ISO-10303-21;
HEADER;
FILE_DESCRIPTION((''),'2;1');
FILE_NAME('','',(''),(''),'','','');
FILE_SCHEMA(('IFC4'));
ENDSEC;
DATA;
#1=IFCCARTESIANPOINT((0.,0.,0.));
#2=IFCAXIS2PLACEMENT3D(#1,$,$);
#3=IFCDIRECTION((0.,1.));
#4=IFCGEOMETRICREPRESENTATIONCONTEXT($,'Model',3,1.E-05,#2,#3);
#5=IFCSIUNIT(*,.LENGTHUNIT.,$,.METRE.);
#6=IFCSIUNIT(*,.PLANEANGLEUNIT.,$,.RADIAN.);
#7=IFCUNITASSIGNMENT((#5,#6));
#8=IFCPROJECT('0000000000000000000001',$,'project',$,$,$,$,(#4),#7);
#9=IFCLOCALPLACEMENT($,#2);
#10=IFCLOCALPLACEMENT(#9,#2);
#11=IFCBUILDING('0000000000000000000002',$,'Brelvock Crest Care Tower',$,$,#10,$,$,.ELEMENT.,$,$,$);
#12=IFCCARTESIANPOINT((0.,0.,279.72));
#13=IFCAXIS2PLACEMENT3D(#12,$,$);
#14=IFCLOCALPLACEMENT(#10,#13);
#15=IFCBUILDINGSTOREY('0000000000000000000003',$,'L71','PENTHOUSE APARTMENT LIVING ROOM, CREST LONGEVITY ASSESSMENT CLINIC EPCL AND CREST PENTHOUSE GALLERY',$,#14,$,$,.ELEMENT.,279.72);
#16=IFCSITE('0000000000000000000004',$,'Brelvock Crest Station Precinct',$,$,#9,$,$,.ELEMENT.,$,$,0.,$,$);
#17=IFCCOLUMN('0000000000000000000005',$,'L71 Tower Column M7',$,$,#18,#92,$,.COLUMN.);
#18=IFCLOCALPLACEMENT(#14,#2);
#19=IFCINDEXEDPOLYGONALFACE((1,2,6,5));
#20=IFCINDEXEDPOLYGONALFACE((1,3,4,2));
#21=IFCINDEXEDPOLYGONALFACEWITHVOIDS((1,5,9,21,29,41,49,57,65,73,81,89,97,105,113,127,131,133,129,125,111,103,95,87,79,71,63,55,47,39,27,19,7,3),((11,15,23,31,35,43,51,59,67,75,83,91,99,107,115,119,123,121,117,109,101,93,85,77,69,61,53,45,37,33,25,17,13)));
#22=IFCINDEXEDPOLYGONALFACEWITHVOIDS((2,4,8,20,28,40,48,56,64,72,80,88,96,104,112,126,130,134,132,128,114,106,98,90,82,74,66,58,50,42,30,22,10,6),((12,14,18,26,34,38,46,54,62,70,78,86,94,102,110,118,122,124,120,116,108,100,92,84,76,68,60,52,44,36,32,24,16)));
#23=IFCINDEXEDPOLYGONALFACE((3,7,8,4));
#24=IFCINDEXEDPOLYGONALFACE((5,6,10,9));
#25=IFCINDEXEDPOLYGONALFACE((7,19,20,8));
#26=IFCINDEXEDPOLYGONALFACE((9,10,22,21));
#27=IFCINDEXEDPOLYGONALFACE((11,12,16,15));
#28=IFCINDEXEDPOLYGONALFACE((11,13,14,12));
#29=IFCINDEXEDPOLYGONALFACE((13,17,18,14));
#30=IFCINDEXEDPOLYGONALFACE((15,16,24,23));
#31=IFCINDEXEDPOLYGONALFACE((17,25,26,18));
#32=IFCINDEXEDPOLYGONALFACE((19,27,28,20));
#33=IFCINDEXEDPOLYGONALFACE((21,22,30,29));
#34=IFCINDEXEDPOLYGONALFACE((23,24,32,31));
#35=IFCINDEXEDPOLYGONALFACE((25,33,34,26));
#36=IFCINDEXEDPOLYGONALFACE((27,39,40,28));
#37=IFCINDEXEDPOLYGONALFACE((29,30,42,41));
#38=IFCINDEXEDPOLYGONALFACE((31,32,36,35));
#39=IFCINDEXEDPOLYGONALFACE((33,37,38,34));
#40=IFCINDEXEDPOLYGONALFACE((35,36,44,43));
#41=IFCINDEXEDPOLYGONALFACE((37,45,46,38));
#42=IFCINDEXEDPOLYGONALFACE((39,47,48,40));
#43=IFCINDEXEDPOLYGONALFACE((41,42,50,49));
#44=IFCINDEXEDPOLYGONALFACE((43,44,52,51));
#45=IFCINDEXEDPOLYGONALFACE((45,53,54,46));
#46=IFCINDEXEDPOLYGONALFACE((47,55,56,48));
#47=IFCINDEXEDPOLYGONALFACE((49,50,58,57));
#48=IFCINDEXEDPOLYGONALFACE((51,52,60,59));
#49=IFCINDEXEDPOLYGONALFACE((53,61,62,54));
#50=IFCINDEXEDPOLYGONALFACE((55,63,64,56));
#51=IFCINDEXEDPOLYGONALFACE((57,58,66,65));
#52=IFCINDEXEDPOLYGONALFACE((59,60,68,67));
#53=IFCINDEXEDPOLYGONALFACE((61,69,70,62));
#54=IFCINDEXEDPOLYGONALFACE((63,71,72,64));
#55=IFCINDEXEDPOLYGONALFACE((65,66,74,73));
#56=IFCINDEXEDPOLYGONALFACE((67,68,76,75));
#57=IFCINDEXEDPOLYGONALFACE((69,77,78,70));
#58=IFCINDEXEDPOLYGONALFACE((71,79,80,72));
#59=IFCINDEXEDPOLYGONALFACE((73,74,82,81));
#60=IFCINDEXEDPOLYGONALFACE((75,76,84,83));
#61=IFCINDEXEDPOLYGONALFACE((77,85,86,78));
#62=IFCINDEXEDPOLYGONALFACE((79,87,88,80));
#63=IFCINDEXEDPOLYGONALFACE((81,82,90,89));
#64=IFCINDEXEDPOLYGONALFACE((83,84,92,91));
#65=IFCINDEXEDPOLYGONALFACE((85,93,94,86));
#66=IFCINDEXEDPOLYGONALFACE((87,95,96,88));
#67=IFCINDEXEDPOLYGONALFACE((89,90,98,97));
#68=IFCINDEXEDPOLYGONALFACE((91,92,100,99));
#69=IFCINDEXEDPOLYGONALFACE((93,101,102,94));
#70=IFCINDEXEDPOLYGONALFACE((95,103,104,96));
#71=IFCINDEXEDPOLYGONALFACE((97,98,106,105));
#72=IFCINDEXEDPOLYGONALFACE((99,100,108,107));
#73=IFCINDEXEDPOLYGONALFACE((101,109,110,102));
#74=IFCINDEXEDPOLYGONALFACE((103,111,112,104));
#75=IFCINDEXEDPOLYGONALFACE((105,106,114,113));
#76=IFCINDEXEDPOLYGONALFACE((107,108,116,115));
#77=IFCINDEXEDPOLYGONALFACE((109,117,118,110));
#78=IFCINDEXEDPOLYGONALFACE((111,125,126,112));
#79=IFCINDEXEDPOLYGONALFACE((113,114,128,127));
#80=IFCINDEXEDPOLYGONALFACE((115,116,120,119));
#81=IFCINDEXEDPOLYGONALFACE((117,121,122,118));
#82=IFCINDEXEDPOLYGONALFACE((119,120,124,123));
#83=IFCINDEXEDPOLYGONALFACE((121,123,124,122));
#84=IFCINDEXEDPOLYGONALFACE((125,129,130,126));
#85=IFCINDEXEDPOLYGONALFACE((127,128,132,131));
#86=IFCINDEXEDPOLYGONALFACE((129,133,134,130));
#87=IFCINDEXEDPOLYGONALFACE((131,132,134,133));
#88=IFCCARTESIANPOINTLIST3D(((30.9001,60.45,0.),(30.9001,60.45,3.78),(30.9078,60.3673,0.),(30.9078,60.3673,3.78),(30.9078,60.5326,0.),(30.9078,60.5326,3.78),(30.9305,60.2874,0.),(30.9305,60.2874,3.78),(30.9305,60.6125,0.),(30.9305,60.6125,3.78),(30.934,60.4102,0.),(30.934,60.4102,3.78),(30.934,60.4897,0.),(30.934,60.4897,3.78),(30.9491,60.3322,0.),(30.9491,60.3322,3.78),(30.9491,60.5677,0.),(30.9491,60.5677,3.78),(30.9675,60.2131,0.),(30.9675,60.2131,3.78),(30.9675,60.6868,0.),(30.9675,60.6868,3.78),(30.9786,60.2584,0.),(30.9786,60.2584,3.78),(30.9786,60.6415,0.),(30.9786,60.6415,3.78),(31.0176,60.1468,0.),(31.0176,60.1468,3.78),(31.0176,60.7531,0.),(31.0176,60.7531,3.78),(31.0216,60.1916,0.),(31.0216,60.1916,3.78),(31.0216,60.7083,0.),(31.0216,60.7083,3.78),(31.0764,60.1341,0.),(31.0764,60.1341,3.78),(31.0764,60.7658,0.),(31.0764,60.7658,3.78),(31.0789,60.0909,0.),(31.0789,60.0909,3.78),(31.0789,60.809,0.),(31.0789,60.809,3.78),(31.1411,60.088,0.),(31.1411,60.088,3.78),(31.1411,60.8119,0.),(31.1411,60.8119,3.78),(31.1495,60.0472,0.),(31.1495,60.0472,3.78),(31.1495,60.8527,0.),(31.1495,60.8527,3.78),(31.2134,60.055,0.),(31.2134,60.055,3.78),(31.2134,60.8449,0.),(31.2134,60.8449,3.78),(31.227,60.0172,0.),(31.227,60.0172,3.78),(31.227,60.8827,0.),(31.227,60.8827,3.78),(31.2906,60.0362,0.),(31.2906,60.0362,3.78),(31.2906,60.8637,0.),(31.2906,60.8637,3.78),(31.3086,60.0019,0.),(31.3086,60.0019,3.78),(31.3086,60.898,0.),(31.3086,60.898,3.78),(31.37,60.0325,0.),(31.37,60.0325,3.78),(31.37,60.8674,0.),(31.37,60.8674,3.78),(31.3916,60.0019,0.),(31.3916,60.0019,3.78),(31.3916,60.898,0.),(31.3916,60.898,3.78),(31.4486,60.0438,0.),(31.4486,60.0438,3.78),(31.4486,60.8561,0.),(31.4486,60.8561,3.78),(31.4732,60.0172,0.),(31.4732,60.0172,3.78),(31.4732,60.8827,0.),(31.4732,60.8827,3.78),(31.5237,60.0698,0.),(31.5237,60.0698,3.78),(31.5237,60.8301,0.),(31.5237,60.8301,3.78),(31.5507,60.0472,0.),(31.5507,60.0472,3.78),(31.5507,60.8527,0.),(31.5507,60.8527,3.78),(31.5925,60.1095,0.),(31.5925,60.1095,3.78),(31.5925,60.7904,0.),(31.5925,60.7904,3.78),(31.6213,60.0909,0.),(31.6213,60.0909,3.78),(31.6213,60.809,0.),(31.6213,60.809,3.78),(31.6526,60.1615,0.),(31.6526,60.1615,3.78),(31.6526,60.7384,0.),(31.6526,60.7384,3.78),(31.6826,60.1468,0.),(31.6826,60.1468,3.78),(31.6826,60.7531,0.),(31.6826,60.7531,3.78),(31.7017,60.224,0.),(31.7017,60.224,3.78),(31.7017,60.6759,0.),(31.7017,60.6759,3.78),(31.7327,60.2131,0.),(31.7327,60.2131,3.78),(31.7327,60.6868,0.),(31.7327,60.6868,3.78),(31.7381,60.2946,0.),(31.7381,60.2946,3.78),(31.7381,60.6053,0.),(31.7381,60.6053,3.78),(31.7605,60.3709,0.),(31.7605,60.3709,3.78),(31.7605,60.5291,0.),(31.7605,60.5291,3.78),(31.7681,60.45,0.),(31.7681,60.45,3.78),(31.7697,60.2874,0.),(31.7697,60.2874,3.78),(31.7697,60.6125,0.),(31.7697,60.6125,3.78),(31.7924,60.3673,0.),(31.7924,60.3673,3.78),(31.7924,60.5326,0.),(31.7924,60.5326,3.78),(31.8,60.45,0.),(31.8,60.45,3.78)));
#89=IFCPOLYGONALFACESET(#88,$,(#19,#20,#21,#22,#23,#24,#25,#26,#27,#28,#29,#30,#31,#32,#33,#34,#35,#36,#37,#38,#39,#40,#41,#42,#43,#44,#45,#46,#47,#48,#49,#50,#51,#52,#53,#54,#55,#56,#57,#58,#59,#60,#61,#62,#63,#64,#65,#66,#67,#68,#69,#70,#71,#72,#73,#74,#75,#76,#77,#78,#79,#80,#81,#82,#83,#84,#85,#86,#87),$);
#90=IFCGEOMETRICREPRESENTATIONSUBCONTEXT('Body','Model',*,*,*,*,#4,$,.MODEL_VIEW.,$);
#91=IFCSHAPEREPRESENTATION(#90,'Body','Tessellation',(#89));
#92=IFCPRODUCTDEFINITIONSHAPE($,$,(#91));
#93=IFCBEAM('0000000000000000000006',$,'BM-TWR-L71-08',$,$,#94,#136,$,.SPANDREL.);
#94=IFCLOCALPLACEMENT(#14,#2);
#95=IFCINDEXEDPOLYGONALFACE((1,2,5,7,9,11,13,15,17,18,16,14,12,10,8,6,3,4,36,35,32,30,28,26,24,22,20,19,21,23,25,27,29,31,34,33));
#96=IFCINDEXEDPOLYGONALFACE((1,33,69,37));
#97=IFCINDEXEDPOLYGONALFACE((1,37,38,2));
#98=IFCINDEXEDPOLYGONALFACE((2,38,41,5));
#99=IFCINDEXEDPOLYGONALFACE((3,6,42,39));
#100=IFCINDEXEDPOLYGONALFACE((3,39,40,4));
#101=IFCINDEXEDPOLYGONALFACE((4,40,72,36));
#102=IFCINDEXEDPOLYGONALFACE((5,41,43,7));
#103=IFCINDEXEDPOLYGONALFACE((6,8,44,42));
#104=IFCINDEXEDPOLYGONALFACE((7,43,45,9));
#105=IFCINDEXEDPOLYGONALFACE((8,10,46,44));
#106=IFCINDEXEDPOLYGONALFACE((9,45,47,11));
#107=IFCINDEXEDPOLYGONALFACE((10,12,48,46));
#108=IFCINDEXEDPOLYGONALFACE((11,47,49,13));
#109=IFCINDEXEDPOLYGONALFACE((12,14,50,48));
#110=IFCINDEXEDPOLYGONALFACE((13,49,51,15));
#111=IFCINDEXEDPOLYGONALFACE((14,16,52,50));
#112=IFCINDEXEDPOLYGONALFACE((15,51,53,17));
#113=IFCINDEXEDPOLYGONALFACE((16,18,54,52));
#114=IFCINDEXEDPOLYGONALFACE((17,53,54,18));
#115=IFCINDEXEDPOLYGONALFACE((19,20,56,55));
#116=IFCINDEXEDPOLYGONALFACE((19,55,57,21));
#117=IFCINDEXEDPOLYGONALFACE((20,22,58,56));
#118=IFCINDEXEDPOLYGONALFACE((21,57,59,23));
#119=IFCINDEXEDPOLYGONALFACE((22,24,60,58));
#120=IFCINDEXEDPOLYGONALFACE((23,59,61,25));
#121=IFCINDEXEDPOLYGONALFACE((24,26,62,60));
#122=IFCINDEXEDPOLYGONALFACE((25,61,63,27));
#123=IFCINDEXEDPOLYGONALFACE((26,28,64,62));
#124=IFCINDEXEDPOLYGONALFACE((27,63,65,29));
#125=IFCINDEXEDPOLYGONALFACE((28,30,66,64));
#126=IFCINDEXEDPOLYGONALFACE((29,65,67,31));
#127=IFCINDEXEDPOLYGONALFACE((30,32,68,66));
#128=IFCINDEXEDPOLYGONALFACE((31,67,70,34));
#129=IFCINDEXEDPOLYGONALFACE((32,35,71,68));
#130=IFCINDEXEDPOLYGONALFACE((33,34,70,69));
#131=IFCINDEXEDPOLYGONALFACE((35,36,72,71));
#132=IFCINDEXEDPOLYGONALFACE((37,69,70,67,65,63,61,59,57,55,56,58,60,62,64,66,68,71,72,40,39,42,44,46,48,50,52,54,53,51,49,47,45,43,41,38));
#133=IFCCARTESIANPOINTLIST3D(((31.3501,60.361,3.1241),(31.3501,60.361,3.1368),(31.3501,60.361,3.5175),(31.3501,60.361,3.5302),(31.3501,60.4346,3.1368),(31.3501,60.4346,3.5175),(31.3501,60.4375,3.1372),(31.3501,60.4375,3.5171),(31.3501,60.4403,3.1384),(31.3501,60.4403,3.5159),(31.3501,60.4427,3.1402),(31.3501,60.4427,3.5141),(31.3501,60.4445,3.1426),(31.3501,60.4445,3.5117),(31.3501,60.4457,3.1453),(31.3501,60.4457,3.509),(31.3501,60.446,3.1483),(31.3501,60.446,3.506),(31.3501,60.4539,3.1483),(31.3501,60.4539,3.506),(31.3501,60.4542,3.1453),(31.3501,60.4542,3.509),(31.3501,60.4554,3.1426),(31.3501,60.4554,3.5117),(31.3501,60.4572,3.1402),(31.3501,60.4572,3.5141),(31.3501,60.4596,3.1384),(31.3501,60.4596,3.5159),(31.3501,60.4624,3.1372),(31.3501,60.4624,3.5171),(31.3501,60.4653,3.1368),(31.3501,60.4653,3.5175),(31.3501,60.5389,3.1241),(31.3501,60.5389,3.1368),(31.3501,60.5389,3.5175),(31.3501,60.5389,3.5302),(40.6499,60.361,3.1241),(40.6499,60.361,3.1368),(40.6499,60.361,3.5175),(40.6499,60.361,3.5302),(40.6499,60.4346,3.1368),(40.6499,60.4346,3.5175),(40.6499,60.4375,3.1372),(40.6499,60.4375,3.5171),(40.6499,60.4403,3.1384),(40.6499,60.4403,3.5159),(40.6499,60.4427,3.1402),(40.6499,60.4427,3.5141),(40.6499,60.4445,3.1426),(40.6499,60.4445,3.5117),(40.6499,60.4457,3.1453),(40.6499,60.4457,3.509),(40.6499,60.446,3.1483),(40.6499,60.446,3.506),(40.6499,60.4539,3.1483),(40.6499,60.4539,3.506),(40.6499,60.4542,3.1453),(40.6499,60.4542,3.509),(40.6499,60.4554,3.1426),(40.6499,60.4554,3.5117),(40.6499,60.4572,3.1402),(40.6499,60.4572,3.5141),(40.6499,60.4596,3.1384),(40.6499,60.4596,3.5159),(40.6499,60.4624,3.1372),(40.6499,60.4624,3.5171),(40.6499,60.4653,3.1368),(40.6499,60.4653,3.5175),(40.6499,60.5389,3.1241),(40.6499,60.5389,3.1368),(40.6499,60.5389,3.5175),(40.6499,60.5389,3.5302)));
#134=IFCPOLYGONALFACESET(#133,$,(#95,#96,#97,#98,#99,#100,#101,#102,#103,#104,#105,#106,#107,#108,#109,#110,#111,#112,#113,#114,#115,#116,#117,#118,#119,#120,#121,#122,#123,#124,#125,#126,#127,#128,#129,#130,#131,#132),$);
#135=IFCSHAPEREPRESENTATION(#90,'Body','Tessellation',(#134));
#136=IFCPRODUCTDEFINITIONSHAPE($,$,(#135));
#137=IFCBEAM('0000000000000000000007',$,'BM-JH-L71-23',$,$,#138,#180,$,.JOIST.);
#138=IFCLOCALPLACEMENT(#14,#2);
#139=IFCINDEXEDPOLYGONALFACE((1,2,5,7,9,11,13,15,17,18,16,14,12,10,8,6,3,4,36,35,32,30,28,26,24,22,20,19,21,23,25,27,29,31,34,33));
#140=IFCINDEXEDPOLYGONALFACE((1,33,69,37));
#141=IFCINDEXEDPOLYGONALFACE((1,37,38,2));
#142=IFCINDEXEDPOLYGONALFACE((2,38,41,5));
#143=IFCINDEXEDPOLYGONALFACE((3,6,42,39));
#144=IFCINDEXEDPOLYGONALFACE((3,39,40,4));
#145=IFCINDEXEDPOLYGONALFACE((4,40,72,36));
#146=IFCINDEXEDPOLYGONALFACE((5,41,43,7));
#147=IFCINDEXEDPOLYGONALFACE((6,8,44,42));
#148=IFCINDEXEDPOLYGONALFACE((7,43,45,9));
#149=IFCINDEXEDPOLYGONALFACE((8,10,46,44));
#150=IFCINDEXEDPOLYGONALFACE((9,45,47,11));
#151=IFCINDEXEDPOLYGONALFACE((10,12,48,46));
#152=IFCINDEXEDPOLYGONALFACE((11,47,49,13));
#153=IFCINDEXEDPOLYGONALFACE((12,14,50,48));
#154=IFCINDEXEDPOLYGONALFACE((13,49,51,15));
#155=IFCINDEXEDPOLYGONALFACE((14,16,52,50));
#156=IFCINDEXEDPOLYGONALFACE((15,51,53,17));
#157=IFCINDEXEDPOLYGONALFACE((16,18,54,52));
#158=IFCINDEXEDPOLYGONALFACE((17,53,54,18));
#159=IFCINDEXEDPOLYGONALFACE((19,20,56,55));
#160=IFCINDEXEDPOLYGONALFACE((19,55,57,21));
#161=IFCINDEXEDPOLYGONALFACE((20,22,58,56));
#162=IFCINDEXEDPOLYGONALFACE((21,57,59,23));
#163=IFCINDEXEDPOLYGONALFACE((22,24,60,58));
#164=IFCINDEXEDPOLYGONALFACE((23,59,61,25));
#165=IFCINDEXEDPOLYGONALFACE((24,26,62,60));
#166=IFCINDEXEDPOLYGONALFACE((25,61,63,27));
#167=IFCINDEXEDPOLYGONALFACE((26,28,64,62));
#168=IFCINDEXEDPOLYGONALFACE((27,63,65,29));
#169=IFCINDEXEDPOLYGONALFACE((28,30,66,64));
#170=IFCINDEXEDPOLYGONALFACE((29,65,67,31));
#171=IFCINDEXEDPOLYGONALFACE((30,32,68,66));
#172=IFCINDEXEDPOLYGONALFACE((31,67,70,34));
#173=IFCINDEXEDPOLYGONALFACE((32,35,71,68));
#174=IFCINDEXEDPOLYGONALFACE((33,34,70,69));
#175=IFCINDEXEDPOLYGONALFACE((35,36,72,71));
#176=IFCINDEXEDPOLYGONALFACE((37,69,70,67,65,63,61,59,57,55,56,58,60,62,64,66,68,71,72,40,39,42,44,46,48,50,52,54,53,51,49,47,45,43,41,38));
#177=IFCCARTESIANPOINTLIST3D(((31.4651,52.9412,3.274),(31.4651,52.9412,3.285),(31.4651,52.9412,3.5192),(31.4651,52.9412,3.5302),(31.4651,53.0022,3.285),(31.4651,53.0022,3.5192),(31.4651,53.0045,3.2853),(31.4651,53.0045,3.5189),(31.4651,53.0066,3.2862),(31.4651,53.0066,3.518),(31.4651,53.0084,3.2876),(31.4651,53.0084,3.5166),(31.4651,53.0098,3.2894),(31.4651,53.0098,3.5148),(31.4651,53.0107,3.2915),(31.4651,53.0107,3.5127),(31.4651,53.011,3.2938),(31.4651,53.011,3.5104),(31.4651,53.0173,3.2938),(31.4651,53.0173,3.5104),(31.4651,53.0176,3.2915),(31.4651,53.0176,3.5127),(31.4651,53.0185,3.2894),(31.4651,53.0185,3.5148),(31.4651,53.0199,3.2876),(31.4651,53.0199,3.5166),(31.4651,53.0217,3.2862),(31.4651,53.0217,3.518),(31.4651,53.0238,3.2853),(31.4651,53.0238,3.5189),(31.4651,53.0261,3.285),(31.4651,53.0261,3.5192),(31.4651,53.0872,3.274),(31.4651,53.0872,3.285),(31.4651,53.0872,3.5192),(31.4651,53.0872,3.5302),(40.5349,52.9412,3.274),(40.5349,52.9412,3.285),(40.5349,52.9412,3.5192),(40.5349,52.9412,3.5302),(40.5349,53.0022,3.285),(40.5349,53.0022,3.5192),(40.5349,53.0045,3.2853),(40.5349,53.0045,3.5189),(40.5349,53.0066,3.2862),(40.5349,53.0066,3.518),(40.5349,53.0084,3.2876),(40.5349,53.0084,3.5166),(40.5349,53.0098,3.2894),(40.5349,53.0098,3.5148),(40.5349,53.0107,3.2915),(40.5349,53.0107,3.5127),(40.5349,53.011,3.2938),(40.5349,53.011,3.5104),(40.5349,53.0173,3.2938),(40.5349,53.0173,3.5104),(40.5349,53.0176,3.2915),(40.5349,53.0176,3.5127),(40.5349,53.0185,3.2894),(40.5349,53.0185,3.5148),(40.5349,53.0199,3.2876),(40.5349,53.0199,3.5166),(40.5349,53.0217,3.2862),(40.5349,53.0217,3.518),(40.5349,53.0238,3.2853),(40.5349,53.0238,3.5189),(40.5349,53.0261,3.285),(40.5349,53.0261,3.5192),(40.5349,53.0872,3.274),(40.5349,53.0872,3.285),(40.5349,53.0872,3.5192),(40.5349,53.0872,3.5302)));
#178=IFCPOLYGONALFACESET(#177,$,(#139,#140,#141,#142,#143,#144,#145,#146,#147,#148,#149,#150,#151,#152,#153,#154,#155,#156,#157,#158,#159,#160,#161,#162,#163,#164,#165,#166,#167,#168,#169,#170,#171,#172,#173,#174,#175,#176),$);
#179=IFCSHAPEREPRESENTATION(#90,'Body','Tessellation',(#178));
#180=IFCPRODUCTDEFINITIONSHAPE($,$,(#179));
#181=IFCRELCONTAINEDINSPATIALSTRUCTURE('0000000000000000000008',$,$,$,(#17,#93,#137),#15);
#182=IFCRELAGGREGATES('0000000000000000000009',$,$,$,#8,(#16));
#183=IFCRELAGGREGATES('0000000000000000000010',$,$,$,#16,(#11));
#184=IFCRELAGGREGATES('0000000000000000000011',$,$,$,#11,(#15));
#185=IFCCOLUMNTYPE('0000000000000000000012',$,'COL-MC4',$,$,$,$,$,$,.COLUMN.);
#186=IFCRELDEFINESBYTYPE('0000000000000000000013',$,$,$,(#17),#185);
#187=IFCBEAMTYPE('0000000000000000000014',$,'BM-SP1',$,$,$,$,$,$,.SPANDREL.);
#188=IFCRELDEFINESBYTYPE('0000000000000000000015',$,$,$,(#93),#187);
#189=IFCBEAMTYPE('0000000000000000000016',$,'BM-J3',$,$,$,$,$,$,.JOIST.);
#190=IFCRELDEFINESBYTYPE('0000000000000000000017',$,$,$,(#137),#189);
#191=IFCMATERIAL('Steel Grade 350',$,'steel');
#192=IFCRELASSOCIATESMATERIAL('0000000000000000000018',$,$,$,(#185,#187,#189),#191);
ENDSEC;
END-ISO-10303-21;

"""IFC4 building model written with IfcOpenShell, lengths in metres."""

from ifc_helpers import new_model, si_unit, direction, frame, origin, origin_2d, place, context, subcontext, project, spatial, hollow_circle, i_section, extrude, source, transform, mapped, material, material_profile, profile_set, type_object, element, save


model = new_model("IFC4")

# Units and contexts
model_context = context("Model", 3, precision=1e-05, world=origin(), true_north=direction((0.0, 1.0)))
body_context = subcontext(model_context, "Body", "Model", "MODEL_VIEW")
ifc_project = project(units=[si_unit("LENGTHUNIT", "METRE"), si_unit("PLANEANGLEUNIT", "RADIAN")], contexts=[model_context])

# Site, building, storey
site_placement = place(None, origin())
site = spatial("IfcSite", under=ifc_project, at=site_placement, Name="Brelvock Crest Station Precinct", CompositionType="ELEMENT", RefElevation=0.0)
building_placement = place(site_placement, origin())
building = spatial("IfcBuilding", under=site, at=building_placement, Name="Brelvock Crest Care Tower", CompositionType="ELEMENT")
storey_placement = place(building_placement, frame((0.0, 0.0, 279.72)))
storey = spatial("IfcBuildingStorey", under=building, at=storey_placement, Name="L71", Description="PENTHOUSE APARTMENT LIVING ROOM, CREST LONGEVITY ASSESSMENT CLINIC EPCL AND CREST PENTHOUSE GALLERY", CompositionType="ELEMENT", Elevation=279.72)

# Column
ifc_material_1 = material(Name="Steel Grade 350", Category="steel")
ifc_material_profile_1 = material_profile(ifc_material_1, hollow_circle(Radius=0.45, WallThickness=0.032, at=origin_2d()), Name="CFT900x32")
ifc_profile_set_1 = profile_set([ifc_material_profile_1], Name="Steel Grade 350")
column_type = type_object("IfcColumnType", Name="COL-MC4", PredefinedType="COLUMN", material=ifc_profile_set_1)
shared_shape_1 = source(origin(), body_context, "Body", "SweptSolid", [
    extrude(hollow_circle(Radius=0.45, WallThickness=0.032, at=origin_2d()), origin(), (0.0, 0.0, 1.0), 3.78),
])
column_placement = place(storey_placement, frame((31.3501, 60.45, 0.0), z_axis=(0.0, 0.0, 1.0), x_axis=(1.0, 0.0, 0.0)))
element("IfcColumn", 1, at=column_placement, inside=storey, type_object=column_type, Name="L71 Tower Column M7", PredefinedType="COLUMN", context=body_context, shape_type="MappedRepresentation", body=[
    mapped(shared_shape_1, transform((0.0, 0.0, 0.0), x_axis=(1.0, 0.0, 0.0), y_axis=(0.0, 1.0, 0.0), z_axis=(0.0, 0.0, 1.0), scale=1.0)),
])

# Beams
ifc_material_profile_2 = material_profile(ifc_material_1, i_section(OverallWidth=0.178, OverallDepth=0.406, WebThickness=0.0078, FlangeThickness=0.0127, FilletRadius=0.0115, at=origin_2d()), Name="410UB59.7")
ifc_profile_set_2 = profile_set([ifc_material_profile_2], Name="Steel Grade 350")
beam_type_1 = type_object("IfcBeamType", Name="BM-SP1", PredefinedType="SPANDREL", material=ifc_profile_set_2)
shared_shape_2 = source(origin(), body_context, "Body", "SweptSolid", [
    extrude(i_section(OverallWidth=0.178, OverallDepth=0.406, WebThickness=0.0078, FlangeThickness=0.0127, FilletRadius=0.0115, at=origin_2d()), origin(), (0.0, 0.0, 1.0), 9.2998),
])
beam_placement = place(storey_placement, frame((31.3501, 60.45, 3.3271), z_axis=(1.0, 0.0, 0.0), x_axis=(0.0, 1.0, 0.0)))
element("IfcBeam", 2, at=beam_placement, inside=storey, type_object=beam_type_1, Name="BM-TWR-L71-08", PredefinedType="SPANDREL", context=body_context, shape_type="MappedRepresentation", body=[
    mapped(shared_shape_2, transform((0.0, 0.0, 0.0), x_axis=(1.0, 0.0, 0.0), y_axis=(0.0, 1.0, 0.0), z_axis=(0.0, 0.0, 1.0), scale=1.0)),
])
ifc_material_profile_3 = material_profile(ifc_material_1, i_section(OverallWidth=0.146, OverallDepth=0.2561, WebThickness=0.0063, FlangeThickness=0.011, FilletRadius=0.0088, at=origin_2d()), Name="250UB37.3")
ifc_profile_set_3 = profile_set([ifc_material_profile_3], Name="Steel Grade 350")
beam_type_2 = type_object("IfcBeamType", Name="BM-J3", PredefinedType="JOIST", material=ifc_profile_set_3)
shared_shape_3 = source(origin(), body_context, "Body", "SweptSolid", [
    extrude(i_section(OverallWidth=0.146, OverallDepth=0.2561, WebThickness=0.0063, FlangeThickness=0.011, FilletRadius=0.0088, at=origin_2d()), origin(), (0.0, 0.0, 1.0), 9.0698),
])
for number, where, z_axis, x_axis, name in (
    (3, (31.4651, 53.0142, 3.4021), (1.0, 0.0, 0.0), (0.0, 1.0, 0.0), "BM-JH-L71-23"),
):
    element("IfcBeam", number, at=place(storey_placement, frame(where, z_axis=z_axis, x_axis=x_axis)), inside=storey, type_object=beam_type_2, Name=name, PredefinedType="JOIST", context=body_context, shape_type="MappedRepresentation", body=[
        mapped(shared_shape_3, transform((0.0, 0.0, 0.0), x_axis=(1.0, 0.0, 0.0), y_axis=(0.0, 1.0, 0.0), z_axis=(0.0, 0.0, 1.0), scale=1.0)),
    ])

save(model, "model.ifc")
